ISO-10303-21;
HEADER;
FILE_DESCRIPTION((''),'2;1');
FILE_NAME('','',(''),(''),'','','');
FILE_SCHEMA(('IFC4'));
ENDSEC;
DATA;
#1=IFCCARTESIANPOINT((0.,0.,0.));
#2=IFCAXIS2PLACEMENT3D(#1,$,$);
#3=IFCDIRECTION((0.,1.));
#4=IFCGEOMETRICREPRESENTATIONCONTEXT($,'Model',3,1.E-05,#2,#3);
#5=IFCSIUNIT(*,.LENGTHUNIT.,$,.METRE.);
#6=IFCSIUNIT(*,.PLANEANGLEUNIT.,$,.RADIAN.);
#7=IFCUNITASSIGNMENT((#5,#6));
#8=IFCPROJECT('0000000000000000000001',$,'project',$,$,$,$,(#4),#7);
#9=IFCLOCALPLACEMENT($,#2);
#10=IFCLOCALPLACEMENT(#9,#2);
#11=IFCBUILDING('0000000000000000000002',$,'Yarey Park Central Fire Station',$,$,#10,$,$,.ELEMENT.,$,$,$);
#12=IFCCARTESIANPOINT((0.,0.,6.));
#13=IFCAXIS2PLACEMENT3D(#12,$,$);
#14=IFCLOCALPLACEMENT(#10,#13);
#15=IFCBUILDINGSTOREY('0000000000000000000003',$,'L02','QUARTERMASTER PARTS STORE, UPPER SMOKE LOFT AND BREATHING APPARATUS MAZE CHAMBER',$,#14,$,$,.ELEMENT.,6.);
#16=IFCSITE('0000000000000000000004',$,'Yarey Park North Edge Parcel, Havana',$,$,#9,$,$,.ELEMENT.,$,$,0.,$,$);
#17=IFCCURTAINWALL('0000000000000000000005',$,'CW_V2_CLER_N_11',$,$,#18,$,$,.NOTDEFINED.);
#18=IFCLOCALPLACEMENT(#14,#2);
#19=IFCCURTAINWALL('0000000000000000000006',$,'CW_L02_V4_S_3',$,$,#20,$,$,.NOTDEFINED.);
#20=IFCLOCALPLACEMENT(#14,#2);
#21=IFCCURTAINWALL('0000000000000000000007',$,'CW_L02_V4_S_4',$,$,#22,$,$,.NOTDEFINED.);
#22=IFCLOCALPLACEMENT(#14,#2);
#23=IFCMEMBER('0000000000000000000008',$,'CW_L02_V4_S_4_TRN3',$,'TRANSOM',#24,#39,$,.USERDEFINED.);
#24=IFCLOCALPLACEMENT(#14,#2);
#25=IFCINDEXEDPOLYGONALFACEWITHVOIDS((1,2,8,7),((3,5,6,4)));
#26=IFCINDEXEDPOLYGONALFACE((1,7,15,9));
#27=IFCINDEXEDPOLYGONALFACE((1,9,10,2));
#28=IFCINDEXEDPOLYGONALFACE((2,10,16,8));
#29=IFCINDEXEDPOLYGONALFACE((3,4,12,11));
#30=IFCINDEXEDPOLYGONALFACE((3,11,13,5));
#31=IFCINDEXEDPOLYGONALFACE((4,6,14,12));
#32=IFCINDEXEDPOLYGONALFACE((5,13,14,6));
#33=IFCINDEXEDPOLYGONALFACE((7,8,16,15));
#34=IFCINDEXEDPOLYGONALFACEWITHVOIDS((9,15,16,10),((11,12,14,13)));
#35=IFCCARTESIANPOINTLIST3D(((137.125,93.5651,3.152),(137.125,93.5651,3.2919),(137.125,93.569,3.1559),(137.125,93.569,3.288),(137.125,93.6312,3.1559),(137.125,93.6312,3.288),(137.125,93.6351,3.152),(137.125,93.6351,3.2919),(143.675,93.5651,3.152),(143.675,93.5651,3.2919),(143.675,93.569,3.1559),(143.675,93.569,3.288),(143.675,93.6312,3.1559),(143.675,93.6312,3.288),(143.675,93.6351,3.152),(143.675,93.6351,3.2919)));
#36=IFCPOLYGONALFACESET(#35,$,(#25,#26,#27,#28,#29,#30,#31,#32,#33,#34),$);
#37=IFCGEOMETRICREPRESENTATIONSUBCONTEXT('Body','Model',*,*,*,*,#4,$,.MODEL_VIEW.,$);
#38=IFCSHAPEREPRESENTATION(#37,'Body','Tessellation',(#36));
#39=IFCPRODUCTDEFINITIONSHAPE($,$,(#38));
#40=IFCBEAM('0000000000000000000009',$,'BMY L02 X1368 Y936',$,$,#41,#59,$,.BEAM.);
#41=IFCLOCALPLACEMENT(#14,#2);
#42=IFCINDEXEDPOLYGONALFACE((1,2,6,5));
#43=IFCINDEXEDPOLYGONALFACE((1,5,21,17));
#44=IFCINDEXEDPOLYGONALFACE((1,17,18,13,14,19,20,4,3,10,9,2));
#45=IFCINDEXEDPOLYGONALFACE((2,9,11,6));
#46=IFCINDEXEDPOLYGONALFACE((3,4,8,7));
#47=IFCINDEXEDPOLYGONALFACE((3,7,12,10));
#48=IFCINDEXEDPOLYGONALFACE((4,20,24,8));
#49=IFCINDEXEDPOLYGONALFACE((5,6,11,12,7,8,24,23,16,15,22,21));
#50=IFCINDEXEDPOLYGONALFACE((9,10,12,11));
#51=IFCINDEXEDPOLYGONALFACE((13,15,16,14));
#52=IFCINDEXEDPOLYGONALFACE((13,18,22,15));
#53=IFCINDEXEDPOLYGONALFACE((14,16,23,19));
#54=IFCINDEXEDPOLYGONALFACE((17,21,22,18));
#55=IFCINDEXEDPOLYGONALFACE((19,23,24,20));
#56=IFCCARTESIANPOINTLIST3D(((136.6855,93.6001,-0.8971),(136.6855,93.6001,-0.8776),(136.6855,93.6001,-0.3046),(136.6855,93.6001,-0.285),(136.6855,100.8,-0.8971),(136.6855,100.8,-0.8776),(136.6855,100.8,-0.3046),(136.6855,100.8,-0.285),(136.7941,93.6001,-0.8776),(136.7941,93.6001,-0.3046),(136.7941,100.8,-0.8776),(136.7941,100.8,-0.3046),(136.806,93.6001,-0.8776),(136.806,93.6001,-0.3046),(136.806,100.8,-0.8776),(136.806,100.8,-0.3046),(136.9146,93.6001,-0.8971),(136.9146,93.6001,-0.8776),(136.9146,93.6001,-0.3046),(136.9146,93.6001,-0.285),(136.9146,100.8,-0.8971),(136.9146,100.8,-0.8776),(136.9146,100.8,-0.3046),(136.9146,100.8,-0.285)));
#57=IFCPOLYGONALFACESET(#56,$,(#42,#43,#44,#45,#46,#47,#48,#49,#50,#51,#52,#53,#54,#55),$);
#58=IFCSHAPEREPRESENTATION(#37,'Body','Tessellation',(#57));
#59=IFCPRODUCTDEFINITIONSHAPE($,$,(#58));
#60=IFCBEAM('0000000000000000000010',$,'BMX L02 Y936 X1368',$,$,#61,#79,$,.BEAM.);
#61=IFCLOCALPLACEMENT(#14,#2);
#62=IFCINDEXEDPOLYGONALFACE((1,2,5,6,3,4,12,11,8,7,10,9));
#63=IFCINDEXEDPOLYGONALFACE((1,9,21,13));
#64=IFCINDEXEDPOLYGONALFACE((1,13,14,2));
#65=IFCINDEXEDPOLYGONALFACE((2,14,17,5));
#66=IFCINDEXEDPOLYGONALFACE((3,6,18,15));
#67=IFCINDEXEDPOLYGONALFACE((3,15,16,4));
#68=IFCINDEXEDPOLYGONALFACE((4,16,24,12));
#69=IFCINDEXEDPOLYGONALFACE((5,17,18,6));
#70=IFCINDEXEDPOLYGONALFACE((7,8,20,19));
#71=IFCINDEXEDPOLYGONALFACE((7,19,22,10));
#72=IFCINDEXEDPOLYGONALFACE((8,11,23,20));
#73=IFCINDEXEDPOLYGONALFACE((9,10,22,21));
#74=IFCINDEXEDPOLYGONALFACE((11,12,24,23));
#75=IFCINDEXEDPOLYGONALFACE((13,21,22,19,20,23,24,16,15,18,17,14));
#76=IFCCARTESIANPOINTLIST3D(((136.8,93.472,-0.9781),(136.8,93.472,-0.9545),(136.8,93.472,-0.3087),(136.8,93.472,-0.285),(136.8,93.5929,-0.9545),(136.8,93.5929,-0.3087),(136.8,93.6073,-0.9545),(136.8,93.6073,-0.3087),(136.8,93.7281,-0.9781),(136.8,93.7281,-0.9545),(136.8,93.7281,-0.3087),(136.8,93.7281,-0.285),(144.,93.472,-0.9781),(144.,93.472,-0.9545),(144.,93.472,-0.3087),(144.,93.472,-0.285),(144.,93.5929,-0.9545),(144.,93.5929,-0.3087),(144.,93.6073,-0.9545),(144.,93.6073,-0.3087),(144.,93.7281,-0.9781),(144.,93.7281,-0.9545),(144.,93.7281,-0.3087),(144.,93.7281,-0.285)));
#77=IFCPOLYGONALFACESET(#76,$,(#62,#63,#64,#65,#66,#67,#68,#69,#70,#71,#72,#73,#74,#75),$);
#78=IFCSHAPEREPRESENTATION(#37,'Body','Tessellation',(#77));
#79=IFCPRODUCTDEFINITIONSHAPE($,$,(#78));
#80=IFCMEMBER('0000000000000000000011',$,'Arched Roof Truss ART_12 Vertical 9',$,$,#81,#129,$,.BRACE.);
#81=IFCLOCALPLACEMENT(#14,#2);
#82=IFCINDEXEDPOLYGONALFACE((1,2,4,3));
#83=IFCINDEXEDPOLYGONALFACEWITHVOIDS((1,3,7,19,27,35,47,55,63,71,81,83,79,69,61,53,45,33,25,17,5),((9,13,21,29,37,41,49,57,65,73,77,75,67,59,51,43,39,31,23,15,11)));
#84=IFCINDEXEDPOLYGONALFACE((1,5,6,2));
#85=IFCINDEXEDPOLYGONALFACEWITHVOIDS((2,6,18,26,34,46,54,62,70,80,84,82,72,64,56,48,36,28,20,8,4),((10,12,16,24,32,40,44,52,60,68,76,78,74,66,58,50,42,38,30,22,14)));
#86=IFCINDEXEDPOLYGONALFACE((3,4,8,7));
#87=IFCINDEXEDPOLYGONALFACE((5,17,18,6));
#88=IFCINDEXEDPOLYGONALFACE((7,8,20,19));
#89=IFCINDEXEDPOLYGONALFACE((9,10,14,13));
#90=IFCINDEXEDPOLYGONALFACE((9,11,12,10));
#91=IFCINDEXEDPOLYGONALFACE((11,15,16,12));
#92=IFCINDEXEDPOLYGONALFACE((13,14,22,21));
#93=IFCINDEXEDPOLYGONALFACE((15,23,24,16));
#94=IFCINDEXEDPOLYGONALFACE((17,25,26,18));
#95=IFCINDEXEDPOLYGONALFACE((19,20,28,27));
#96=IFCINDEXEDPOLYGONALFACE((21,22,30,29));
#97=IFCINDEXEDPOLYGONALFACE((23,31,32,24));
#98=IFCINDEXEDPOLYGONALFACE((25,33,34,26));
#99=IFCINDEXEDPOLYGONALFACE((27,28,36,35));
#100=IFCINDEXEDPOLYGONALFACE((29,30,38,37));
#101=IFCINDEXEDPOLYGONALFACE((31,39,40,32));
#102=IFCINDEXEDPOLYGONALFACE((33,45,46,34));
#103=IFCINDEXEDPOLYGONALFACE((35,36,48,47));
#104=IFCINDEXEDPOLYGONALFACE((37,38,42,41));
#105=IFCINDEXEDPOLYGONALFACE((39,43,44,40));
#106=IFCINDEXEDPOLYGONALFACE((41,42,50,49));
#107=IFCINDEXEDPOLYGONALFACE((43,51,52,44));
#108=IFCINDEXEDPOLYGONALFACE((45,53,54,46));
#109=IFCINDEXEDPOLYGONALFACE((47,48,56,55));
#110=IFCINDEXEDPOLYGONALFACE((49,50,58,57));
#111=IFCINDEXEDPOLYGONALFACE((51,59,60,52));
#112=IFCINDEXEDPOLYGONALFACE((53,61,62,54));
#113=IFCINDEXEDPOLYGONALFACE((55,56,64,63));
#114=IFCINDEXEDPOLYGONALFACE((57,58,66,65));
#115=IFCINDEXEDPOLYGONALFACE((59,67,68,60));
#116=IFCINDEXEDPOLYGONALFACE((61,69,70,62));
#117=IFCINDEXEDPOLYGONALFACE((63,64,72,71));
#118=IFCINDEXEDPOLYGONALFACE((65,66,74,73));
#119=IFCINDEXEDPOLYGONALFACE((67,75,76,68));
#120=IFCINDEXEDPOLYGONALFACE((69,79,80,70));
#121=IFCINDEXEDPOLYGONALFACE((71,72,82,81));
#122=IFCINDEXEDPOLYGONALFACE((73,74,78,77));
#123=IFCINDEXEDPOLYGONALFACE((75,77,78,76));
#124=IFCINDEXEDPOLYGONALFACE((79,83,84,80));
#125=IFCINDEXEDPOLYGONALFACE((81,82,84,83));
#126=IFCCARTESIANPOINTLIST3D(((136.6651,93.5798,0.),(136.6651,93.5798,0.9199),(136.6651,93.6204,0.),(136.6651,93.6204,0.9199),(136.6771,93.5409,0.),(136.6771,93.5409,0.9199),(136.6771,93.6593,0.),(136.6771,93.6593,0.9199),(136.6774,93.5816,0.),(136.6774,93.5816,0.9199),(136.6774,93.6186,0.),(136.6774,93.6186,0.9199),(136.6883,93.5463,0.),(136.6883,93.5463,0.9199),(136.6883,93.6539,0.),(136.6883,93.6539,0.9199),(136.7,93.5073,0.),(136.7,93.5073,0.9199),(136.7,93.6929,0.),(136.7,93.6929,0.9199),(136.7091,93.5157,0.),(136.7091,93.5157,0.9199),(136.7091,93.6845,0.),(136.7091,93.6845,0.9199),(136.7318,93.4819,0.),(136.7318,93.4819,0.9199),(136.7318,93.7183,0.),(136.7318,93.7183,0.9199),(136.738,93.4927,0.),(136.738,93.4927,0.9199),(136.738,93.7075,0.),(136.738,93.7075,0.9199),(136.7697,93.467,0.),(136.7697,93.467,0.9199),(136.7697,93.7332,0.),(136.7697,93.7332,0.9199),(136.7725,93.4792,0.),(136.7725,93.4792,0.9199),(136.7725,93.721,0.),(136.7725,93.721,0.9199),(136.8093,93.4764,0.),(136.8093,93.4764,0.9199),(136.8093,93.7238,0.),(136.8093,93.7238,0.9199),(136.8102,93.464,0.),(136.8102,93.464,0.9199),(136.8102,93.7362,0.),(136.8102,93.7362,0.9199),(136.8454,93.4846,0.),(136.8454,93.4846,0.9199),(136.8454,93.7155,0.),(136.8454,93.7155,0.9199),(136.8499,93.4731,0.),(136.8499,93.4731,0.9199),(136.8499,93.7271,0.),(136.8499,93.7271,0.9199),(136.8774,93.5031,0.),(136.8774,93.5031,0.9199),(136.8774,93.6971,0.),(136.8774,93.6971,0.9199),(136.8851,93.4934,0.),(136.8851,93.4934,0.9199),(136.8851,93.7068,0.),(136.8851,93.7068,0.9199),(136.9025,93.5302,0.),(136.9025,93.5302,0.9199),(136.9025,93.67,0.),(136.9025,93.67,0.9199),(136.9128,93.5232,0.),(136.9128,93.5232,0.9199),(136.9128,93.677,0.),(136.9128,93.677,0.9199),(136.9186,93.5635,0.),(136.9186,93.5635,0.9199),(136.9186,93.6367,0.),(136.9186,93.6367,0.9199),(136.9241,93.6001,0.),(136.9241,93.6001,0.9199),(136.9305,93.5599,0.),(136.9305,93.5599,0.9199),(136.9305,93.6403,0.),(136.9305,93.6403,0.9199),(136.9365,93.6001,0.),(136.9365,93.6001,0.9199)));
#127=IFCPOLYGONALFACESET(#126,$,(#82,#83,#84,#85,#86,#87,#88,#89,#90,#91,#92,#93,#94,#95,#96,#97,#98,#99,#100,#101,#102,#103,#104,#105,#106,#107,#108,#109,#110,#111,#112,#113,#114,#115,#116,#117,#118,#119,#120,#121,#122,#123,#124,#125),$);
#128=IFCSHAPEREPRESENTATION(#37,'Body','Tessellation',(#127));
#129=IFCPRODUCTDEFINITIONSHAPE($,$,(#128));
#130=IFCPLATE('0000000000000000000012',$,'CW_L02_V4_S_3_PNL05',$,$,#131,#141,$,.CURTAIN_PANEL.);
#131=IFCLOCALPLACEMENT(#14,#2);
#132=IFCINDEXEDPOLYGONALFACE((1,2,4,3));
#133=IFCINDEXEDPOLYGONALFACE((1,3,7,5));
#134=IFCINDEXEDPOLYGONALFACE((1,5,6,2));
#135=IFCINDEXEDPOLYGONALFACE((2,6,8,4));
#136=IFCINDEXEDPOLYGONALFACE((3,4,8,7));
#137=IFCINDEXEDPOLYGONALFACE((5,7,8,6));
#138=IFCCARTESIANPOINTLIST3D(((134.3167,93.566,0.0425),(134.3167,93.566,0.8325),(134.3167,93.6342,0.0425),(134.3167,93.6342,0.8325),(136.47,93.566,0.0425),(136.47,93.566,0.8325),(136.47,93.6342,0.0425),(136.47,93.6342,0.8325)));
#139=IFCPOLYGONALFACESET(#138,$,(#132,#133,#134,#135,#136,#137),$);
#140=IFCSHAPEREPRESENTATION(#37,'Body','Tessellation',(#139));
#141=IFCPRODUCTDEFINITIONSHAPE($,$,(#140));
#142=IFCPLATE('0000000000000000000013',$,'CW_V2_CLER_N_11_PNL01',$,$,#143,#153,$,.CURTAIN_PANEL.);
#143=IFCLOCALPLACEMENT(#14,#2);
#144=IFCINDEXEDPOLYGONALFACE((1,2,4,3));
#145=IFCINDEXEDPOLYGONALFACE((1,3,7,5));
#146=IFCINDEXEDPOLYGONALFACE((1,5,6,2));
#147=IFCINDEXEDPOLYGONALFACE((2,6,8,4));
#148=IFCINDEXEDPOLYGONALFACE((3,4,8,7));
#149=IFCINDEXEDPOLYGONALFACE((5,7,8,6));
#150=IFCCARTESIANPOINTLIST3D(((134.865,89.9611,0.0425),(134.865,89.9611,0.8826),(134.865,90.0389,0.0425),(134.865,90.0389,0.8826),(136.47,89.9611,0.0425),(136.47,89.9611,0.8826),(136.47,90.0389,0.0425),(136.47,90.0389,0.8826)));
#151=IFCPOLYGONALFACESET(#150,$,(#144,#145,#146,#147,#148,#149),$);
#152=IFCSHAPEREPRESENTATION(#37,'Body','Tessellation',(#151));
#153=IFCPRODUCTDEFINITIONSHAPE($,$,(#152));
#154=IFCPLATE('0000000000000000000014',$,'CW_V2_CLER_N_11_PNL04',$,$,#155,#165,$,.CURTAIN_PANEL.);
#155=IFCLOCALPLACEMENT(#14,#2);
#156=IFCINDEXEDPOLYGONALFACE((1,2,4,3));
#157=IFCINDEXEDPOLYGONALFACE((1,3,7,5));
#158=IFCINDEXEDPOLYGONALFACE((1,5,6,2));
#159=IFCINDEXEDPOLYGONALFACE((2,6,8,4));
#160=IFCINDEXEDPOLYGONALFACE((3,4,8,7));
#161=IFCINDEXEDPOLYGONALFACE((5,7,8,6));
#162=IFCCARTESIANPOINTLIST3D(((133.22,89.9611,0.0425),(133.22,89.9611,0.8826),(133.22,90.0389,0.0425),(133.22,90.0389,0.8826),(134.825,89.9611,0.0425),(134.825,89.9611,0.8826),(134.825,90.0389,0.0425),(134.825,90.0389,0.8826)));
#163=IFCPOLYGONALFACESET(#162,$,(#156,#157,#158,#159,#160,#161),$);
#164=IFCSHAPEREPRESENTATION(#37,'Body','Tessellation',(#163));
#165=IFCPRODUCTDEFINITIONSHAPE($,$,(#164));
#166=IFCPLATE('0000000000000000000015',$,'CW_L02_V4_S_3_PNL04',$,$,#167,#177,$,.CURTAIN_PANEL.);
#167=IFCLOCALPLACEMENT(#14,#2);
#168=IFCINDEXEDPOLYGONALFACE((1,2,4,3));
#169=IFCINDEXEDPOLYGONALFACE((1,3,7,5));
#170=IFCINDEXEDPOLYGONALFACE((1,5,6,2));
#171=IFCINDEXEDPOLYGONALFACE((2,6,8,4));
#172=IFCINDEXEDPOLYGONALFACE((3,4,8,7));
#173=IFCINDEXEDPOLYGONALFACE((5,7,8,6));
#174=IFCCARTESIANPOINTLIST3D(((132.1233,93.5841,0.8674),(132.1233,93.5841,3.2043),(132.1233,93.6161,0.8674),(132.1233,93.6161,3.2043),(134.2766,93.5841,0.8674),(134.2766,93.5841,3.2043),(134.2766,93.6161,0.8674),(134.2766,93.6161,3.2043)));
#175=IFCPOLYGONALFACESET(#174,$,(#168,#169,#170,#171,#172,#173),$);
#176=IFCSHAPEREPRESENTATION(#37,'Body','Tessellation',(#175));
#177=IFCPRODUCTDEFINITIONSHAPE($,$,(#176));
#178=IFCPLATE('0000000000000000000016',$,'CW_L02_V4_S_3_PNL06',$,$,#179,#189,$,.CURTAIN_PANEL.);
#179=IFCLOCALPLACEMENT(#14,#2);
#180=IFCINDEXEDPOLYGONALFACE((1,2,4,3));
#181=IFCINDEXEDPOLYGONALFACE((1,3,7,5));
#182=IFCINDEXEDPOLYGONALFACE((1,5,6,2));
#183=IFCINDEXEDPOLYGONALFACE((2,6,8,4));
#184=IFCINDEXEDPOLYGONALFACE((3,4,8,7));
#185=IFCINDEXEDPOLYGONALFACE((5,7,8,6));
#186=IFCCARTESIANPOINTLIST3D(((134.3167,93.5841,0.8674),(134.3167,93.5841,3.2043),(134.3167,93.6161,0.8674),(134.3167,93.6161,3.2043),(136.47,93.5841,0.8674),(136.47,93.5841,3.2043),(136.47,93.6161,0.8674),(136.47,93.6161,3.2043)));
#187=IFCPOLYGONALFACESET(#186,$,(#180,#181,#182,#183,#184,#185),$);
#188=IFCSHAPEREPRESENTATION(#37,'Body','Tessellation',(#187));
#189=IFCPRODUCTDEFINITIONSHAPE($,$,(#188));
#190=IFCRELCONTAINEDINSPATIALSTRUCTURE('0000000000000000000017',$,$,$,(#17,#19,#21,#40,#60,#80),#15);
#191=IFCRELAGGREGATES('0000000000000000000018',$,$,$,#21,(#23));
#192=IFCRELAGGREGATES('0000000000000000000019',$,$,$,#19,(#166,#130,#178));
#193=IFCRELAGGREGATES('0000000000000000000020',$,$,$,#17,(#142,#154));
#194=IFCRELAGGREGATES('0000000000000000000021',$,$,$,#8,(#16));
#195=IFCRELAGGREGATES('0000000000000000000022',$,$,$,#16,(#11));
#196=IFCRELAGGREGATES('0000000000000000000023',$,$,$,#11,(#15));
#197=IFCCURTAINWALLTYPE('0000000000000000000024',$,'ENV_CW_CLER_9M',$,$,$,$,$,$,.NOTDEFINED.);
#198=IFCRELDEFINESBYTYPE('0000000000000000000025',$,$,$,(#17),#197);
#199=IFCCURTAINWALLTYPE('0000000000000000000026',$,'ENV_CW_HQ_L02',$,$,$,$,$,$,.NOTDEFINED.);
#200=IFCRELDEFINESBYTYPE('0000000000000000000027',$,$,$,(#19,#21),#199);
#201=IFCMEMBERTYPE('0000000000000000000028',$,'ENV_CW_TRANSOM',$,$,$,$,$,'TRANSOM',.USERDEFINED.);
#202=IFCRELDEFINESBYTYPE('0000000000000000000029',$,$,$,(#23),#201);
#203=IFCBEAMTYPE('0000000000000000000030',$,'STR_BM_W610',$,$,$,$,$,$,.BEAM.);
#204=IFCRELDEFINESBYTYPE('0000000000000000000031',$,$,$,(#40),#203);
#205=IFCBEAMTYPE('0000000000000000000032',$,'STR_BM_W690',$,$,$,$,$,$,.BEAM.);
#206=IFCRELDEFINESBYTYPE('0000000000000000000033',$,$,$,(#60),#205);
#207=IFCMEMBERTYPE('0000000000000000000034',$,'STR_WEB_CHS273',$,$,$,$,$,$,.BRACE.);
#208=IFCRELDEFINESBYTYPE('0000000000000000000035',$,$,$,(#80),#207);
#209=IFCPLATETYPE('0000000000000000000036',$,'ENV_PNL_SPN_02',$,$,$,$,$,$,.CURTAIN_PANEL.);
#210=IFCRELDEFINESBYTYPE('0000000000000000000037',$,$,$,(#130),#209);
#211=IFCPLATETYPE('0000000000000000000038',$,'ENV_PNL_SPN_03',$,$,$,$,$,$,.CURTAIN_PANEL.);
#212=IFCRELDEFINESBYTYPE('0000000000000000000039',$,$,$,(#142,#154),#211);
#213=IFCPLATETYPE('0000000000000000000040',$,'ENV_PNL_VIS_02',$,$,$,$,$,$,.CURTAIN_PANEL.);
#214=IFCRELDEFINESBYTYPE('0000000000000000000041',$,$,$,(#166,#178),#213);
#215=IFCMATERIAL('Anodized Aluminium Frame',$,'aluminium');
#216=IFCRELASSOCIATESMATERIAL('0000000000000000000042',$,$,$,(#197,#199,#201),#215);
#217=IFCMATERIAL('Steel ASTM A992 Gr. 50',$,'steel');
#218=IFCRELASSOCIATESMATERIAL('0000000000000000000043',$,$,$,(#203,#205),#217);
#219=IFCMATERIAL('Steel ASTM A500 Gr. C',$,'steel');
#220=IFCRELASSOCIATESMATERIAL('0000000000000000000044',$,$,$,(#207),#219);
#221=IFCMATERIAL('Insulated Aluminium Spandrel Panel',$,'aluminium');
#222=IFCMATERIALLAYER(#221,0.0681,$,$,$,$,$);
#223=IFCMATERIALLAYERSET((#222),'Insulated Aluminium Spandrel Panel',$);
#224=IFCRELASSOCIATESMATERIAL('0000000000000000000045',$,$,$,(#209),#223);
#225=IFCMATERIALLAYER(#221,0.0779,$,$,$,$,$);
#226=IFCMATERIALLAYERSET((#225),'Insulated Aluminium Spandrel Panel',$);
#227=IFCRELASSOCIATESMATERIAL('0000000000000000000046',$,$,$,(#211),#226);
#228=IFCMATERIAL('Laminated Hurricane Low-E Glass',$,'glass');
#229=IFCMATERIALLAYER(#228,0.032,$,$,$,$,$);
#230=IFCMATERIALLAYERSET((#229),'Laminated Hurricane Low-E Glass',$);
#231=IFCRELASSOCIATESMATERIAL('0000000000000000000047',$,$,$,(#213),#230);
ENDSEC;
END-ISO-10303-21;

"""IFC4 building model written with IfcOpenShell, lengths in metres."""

from ifc_helpers import new_model, si_unit, direction, frame, origin, origin_2d, place, context, subcontext, project, spatial, rectangle, hollow_rectangle, hollow_circle, i_section, extrude, material, layer, layer_set, material_profile, profile_set, type_object, element, aggregate, save


model = new_model("IFC4")

# Units and contexts
model_context = context("Model", 3, precision=1e-05, world=origin(), true_north=direction((0.0, 1.0)))
body_context = subcontext(model_context, "Body", "Model", "MODEL_VIEW")
ifc_project = project(units=[si_unit("LENGTHUNIT", "METRE"), si_unit("PLANEANGLEUNIT", "RADIAN")], contexts=[model_context])

# Site, building, storey
site_placement = place(None, origin())
site = spatial("IfcSite", under=ifc_project, at=site_placement, Name="Yarey Park North Edge Parcel, Havana", CompositionType="ELEMENT", RefElevation=0.0)
building_placement = place(site_placement, origin())
building = spatial("IfcBuilding", under=site, at=building_placement, Name="Yarey Park Central Fire Station", CompositionType="ELEMENT")
storey_placement = place(building_placement, frame((0.0, 0.0, 6.0)))
storey = spatial("IfcBuildingStorey", under=building, at=storey_placement, Name="L02", Description="QUARTERMASTER PARTS STORE, UPPER SMOKE LOFT AND BREATHING APPARATUS MAZE CHAMBER", CompositionType="ELEMENT", Elevation=6.0)

# Curtain walls
ifc_material_1 = material(Name="Anodized Aluminium Frame", Category="aluminium")
curtain_wall_type_1 = type_object("IfcCurtainWallType", Name="ENV_CW_CLER_9M", PredefinedType="NOTDEFINED", material=ifc_material_1)
curtain_wall_1_placement = place(storey_placement, origin())
curtain_wall_1 = element("IfcCurtainWall", 1, at=curtain_wall_1_placement, inside=storey, type_object=curtain_wall_type_1, Name="CW_V2_CLER_N_11", PredefinedType="NOTDEFINED")
curtain_wall_type_2 = type_object("IfcCurtainWallType", Name="ENV_CW_HQ_L02", PredefinedType="NOTDEFINED", material=ifc_material_1)
curtain_wall_2_placement = place(storey_placement, origin())
curtain_wall_2 = element("IfcCurtainWall", 2, at=curtain_wall_2_placement, inside=storey, type_object=curtain_wall_type_2, Name="CW_L02_V4_S_3", PredefinedType="NOTDEFINED")

# Shared definitions
ifc_material_profile_1 = material_profile(ifc_material_1, hollow_rectangle(XDim=0.0701, YDim=0.1399, WallThickness=0.0039, at=origin_2d()), Name="ALU 140x70x4")
ifc_profile_set_1 = profile_set([ifc_material_profile_1], Name="Anodized Aluminium Frame")
member_type_1 = type_object("IfcMemberType", Name="ENV_CW_TRANSOM", ElementType="TRANSOM", PredefinedType="USERDEFINED", material=ifc_profile_set_1)

# Curtain wall, member
curtain_wall_3_placement = place(storey_placement, origin())
curtain_wall_3 = element("IfcCurtainWall", 3, at=curtain_wall_3_placement, inside=storey, type_object=curtain_wall_type_2, Name="CW_L02_V4_S_4", PredefinedType="NOTDEFINED")
member_1_placement = place(storey_placement, frame((137.125, 93.6001, 3.2219), z_axis=(1.0, 0.0, 0.0), x_axis=(0.0, 1.0, 0.0)))
member_1 = element("IfcMember", 4, at=member_1_placement, type_object=member_type_1, Name="CW_L02_V4_S_4_TRN3", ObjectType="TRANSOM", PredefinedType="USERDEFINED", context=body_context, shape_type="SweptSolid", body=[
    extrude(hollow_rectangle(XDim=0.0701, YDim=0.1399, WallThickness=0.0039, at=origin_2d()), origin(), (0.0, 0.0, 1.0), 6.55),
])
aggregate(curtain_wall_3, [member_1])

# Beams
ifc_material_2 = material(Name="Steel ASTM A992 Gr. 50", Category="steel")
ifc_material_profile_2 = material_profile(ifc_material_2, i_section(OverallWidth=0.229, OverallDepth=0.6121, WebThickness=0.012, FlangeThickness=0.0195, at=origin_2d()), Name="W610x125")
ifc_profile_set_2 = profile_set([ifc_material_profile_2], Name="Steel ASTM A992 Gr. 50")
beam_type_1 = type_object("IfcBeamType", Name="STR_BM_W610", PredefinedType="BEAM", material=ifc_profile_set_2)
beam_1_placement = place(storey_placement, frame((136.8, 93.6001, -0.5911), z_axis=(0.0, 1.0, 0.0), x_axis=(-1.0, 0.0, 0.0)))
element("IfcBeam", 5, at=beam_1_placement, inside=storey, type_object=beam_type_1, Name="BMY L02 X1368 Y936", PredefinedType="BEAM", context=body_context, shape_type="SweptSolid", body=[
    extrude(i_section(OverallWidth=0.229, OverallDepth=0.6121, WebThickness=0.012, FlangeThickness=0.0195, at=origin_2d()), origin(), (0.0, 0.0, 1.0), 7.2),
])
ifc_material_profile_3 = material_profile(ifc_material_2, i_section(OverallWidth=0.2561, OverallDepth=0.6931, WebThickness=0.0144, FlangeThickness=0.0237, at=origin_2d()), Name="W690x170")
ifc_profile_set_3 = profile_set([ifc_material_profile_3], Name="Steel ASTM A992 Gr. 50")
beam_type_2 = type_object("IfcBeamType", Name="STR_BM_W690", PredefinedType="BEAM", material=ifc_profile_set_3)
beam_2_placement = place(storey_placement, frame((136.8, 93.6001, -0.6316), z_axis=(1.0, 0.0, 0.0), x_axis=(0.0, 1.0, 0.0)))
element("IfcBeam", 6, at=beam_2_placement, inside=storey, type_object=beam_type_2, Name="BMX L02 Y936 X1368", PredefinedType="BEAM", context=body_context, shape_type="SweptSolid", body=[
    extrude(i_section(OverallWidth=0.2561, OverallDepth=0.6931, WebThickness=0.0144, FlangeThickness=0.0237, at=origin_2d()), origin(), (0.0, 0.0, 1.0), 7.2),
])

# Member
ifc_material_3 = material(Name="Steel ASTM A500 Gr. C", Category="steel")
ifc_material_profile_4 = material_profile(ifc_material_3, hollow_circle(Radius=0.1365, WallThickness=0.0125, at=origin_2d()), Name="CHS 273x12.5")
ifc_profile_set_4 = profile_set([ifc_material_profile_4], Name="Steel ASTM A500 Gr. C")
member_type_2 = type_object("IfcMemberType", Name="STR_WEB_CHS273", PredefinedType="BRACE", material=ifc_profile_set_4)
member_2_placement = place(storey_placement, frame((136.8, 93.6001, 0.0), z_axis=(0.0, 0.0, 1.0), x_axis=(1.0, 0.0, 0.0)))
element("IfcMember", 7, at=member_2_placement, inside=storey, type_object=member_type_2, Name="Arched Roof Truss ART_12 Vertical 9", PredefinedType="BRACE", context=body_context, shape_type="SweptSolid", body=[
    extrude(hollow_circle(Radius=0.1365, WallThickness=0.0125, at=origin_2d()), origin(), (0.0, 0.0, 1.0), 0.9199),
])

# Plates
ifc_material_4 = material(Name="Insulated Aluminium Spandrel Panel", Category="aluminium")
ifc_layer_1 = layer(ifc_material_4, 0.0681)
ifc_layer_set_1 = layer_set([ifc_layer_1], Name="Insulated Aluminium Spandrel Panel")
plate_type_1 = type_object("IfcPlateType", Name="ENV_PNL_SPN_02", PredefinedType="CURTAIN_PANEL", material=ifc_layer_set_1)
plate_1_placement = place(storey_placement, frame((135.3933, 93.6001, 0.0425), z_axis=(0.0, 0.0, 1.0), x_axis=(1.0, 0.0, 0.0)))
plate_1 = element("IfcPlate", 8, at=plate_1_placement, type_object=plate_type_1, Name="CW_L02_V4_S_3_PNL05", PredefinedType="CURTAIN_PANEL", context=body_context, shape_type="SweptSolid", body=[
    extrude(rectangle(XDim=2.1533, YDim=0.0681, at=origin_2d()), origin(), (0.0, 0.0, 1.0), 0.79),
])
ifc_layer_2 = layer(ifc_material_4, 0.0779)
ifc_layer_set_2 = layer_set([ifc_layer_2], Name="Insulated Aluminium Spandrel Panel")
plate_type_2 = type_object("IfcPlateType", Name="ENV_PNL_SPN_03", PredefinedType="CURTAIN_PANEL", material=ifc_layer_set_2)
plate_2_placement = place(storey_placement, frame((135.6675, 90.0, 0.0425), z_axis=(0.0, 0.0, 1.0), x_axis=(-1.0, 0.0, 0.0)))
plate_2 = element("IfcPlate", 9, at=plate_2_placement, type_object=plate_type_2, Name="CW_V2_CLER_N_11_PNL01", PredefinedType="CURTAIN_PANEL", context=body_context, shape_type="SweptSolid", body=[
    extrude(rectangle(XDim=1.605, YDim=0.0779, at=origin_2d()), origin(), (0.0, 0.0, 1.0), 0.8401),
])
plate_3_placement = place(storey_placement, frame((134.0225, 90.0, 0.0425), z_axis=(0.0, 0.0, 1.0), x_axis=(-1.0, 0.0, 0.0)))
plate_3 = element("IfcPlate", 10, at=plate_3_placement, type_object=plate_type_2, Name="CW_V2_CLER_N_11_PNL04", PredefinedType="CURTAIN_PANEL", context=body_context, shape_type="SweptSolid", body=[
    extrude(rectangle(XDim=1.605, YDim=0.0779, at=origin_2d()), origin(), (0.0, 0.0, 1.0), 0.8401),
])
ifc_material_5 = material(Name="Laminated Hurricane Low-E Glass", Category="glass")
ifc_layer_3 = layer(ifc_material_5, 0.032)
ifc_layer_set_3 = layer_set([ifc_layer_3], Name="Laminated Hurricane Low-E Glass")
plate_type_3 = type_object("IfcPlateType", Name="ENV_PNL_VIS_02", PredefinedType="CURTAIN_PANEL", material=ifc_layer_set_3)
plate_4_placement = place(storey_placement, frame((133.2, 93.6001, 0.8674), z_axis=(0.0, 0.0, 1.0), x_axis=(1.0, 0.0, 0.0)))
plate_4 = element("IfcPlate", 11, at=plate_4_placement, type_object=plate_type_3, Name="CW_L02_V4_S_3_PNL04", PredefinedType="CURTAIN_PANEL", context=body_context, shape_type="SweptSolid", body=[
    extrude(rectangle(XDim=2.1533, YDim=0.032, at=origin_2d()), origin(), (0.0, 0.0, 1.0), 2.3369),
])
plate_5_placement = place(storey_placement, frame((135.3933, 93.6001, 0.8674), z_axis=(0.0, 0.0, 1.0), x_axis=(1.0, 0.0, 0.0)))
plate_5 = element("IfcPlate", 12, at=plate_5_placement, type_object=plate_type_3, Name="CW_L02_V4_S_3_PNL06", PredefinedType="CURTAIN_PANEL", context=body_context, shape_type="SweptSolid", body=[
    extrude(rectangle(XDim=2.1533, YDim=0.032, at=origin_2d()), origin(), (0.0, 0.0, 1.0), 2.3369),
])
aggregate(curtain_wall_2, [plate_4, plate_1, plate_5])
aggregate(curtain_wall_1, [plate_2, plate_3])

save(model, "model.ifc")
